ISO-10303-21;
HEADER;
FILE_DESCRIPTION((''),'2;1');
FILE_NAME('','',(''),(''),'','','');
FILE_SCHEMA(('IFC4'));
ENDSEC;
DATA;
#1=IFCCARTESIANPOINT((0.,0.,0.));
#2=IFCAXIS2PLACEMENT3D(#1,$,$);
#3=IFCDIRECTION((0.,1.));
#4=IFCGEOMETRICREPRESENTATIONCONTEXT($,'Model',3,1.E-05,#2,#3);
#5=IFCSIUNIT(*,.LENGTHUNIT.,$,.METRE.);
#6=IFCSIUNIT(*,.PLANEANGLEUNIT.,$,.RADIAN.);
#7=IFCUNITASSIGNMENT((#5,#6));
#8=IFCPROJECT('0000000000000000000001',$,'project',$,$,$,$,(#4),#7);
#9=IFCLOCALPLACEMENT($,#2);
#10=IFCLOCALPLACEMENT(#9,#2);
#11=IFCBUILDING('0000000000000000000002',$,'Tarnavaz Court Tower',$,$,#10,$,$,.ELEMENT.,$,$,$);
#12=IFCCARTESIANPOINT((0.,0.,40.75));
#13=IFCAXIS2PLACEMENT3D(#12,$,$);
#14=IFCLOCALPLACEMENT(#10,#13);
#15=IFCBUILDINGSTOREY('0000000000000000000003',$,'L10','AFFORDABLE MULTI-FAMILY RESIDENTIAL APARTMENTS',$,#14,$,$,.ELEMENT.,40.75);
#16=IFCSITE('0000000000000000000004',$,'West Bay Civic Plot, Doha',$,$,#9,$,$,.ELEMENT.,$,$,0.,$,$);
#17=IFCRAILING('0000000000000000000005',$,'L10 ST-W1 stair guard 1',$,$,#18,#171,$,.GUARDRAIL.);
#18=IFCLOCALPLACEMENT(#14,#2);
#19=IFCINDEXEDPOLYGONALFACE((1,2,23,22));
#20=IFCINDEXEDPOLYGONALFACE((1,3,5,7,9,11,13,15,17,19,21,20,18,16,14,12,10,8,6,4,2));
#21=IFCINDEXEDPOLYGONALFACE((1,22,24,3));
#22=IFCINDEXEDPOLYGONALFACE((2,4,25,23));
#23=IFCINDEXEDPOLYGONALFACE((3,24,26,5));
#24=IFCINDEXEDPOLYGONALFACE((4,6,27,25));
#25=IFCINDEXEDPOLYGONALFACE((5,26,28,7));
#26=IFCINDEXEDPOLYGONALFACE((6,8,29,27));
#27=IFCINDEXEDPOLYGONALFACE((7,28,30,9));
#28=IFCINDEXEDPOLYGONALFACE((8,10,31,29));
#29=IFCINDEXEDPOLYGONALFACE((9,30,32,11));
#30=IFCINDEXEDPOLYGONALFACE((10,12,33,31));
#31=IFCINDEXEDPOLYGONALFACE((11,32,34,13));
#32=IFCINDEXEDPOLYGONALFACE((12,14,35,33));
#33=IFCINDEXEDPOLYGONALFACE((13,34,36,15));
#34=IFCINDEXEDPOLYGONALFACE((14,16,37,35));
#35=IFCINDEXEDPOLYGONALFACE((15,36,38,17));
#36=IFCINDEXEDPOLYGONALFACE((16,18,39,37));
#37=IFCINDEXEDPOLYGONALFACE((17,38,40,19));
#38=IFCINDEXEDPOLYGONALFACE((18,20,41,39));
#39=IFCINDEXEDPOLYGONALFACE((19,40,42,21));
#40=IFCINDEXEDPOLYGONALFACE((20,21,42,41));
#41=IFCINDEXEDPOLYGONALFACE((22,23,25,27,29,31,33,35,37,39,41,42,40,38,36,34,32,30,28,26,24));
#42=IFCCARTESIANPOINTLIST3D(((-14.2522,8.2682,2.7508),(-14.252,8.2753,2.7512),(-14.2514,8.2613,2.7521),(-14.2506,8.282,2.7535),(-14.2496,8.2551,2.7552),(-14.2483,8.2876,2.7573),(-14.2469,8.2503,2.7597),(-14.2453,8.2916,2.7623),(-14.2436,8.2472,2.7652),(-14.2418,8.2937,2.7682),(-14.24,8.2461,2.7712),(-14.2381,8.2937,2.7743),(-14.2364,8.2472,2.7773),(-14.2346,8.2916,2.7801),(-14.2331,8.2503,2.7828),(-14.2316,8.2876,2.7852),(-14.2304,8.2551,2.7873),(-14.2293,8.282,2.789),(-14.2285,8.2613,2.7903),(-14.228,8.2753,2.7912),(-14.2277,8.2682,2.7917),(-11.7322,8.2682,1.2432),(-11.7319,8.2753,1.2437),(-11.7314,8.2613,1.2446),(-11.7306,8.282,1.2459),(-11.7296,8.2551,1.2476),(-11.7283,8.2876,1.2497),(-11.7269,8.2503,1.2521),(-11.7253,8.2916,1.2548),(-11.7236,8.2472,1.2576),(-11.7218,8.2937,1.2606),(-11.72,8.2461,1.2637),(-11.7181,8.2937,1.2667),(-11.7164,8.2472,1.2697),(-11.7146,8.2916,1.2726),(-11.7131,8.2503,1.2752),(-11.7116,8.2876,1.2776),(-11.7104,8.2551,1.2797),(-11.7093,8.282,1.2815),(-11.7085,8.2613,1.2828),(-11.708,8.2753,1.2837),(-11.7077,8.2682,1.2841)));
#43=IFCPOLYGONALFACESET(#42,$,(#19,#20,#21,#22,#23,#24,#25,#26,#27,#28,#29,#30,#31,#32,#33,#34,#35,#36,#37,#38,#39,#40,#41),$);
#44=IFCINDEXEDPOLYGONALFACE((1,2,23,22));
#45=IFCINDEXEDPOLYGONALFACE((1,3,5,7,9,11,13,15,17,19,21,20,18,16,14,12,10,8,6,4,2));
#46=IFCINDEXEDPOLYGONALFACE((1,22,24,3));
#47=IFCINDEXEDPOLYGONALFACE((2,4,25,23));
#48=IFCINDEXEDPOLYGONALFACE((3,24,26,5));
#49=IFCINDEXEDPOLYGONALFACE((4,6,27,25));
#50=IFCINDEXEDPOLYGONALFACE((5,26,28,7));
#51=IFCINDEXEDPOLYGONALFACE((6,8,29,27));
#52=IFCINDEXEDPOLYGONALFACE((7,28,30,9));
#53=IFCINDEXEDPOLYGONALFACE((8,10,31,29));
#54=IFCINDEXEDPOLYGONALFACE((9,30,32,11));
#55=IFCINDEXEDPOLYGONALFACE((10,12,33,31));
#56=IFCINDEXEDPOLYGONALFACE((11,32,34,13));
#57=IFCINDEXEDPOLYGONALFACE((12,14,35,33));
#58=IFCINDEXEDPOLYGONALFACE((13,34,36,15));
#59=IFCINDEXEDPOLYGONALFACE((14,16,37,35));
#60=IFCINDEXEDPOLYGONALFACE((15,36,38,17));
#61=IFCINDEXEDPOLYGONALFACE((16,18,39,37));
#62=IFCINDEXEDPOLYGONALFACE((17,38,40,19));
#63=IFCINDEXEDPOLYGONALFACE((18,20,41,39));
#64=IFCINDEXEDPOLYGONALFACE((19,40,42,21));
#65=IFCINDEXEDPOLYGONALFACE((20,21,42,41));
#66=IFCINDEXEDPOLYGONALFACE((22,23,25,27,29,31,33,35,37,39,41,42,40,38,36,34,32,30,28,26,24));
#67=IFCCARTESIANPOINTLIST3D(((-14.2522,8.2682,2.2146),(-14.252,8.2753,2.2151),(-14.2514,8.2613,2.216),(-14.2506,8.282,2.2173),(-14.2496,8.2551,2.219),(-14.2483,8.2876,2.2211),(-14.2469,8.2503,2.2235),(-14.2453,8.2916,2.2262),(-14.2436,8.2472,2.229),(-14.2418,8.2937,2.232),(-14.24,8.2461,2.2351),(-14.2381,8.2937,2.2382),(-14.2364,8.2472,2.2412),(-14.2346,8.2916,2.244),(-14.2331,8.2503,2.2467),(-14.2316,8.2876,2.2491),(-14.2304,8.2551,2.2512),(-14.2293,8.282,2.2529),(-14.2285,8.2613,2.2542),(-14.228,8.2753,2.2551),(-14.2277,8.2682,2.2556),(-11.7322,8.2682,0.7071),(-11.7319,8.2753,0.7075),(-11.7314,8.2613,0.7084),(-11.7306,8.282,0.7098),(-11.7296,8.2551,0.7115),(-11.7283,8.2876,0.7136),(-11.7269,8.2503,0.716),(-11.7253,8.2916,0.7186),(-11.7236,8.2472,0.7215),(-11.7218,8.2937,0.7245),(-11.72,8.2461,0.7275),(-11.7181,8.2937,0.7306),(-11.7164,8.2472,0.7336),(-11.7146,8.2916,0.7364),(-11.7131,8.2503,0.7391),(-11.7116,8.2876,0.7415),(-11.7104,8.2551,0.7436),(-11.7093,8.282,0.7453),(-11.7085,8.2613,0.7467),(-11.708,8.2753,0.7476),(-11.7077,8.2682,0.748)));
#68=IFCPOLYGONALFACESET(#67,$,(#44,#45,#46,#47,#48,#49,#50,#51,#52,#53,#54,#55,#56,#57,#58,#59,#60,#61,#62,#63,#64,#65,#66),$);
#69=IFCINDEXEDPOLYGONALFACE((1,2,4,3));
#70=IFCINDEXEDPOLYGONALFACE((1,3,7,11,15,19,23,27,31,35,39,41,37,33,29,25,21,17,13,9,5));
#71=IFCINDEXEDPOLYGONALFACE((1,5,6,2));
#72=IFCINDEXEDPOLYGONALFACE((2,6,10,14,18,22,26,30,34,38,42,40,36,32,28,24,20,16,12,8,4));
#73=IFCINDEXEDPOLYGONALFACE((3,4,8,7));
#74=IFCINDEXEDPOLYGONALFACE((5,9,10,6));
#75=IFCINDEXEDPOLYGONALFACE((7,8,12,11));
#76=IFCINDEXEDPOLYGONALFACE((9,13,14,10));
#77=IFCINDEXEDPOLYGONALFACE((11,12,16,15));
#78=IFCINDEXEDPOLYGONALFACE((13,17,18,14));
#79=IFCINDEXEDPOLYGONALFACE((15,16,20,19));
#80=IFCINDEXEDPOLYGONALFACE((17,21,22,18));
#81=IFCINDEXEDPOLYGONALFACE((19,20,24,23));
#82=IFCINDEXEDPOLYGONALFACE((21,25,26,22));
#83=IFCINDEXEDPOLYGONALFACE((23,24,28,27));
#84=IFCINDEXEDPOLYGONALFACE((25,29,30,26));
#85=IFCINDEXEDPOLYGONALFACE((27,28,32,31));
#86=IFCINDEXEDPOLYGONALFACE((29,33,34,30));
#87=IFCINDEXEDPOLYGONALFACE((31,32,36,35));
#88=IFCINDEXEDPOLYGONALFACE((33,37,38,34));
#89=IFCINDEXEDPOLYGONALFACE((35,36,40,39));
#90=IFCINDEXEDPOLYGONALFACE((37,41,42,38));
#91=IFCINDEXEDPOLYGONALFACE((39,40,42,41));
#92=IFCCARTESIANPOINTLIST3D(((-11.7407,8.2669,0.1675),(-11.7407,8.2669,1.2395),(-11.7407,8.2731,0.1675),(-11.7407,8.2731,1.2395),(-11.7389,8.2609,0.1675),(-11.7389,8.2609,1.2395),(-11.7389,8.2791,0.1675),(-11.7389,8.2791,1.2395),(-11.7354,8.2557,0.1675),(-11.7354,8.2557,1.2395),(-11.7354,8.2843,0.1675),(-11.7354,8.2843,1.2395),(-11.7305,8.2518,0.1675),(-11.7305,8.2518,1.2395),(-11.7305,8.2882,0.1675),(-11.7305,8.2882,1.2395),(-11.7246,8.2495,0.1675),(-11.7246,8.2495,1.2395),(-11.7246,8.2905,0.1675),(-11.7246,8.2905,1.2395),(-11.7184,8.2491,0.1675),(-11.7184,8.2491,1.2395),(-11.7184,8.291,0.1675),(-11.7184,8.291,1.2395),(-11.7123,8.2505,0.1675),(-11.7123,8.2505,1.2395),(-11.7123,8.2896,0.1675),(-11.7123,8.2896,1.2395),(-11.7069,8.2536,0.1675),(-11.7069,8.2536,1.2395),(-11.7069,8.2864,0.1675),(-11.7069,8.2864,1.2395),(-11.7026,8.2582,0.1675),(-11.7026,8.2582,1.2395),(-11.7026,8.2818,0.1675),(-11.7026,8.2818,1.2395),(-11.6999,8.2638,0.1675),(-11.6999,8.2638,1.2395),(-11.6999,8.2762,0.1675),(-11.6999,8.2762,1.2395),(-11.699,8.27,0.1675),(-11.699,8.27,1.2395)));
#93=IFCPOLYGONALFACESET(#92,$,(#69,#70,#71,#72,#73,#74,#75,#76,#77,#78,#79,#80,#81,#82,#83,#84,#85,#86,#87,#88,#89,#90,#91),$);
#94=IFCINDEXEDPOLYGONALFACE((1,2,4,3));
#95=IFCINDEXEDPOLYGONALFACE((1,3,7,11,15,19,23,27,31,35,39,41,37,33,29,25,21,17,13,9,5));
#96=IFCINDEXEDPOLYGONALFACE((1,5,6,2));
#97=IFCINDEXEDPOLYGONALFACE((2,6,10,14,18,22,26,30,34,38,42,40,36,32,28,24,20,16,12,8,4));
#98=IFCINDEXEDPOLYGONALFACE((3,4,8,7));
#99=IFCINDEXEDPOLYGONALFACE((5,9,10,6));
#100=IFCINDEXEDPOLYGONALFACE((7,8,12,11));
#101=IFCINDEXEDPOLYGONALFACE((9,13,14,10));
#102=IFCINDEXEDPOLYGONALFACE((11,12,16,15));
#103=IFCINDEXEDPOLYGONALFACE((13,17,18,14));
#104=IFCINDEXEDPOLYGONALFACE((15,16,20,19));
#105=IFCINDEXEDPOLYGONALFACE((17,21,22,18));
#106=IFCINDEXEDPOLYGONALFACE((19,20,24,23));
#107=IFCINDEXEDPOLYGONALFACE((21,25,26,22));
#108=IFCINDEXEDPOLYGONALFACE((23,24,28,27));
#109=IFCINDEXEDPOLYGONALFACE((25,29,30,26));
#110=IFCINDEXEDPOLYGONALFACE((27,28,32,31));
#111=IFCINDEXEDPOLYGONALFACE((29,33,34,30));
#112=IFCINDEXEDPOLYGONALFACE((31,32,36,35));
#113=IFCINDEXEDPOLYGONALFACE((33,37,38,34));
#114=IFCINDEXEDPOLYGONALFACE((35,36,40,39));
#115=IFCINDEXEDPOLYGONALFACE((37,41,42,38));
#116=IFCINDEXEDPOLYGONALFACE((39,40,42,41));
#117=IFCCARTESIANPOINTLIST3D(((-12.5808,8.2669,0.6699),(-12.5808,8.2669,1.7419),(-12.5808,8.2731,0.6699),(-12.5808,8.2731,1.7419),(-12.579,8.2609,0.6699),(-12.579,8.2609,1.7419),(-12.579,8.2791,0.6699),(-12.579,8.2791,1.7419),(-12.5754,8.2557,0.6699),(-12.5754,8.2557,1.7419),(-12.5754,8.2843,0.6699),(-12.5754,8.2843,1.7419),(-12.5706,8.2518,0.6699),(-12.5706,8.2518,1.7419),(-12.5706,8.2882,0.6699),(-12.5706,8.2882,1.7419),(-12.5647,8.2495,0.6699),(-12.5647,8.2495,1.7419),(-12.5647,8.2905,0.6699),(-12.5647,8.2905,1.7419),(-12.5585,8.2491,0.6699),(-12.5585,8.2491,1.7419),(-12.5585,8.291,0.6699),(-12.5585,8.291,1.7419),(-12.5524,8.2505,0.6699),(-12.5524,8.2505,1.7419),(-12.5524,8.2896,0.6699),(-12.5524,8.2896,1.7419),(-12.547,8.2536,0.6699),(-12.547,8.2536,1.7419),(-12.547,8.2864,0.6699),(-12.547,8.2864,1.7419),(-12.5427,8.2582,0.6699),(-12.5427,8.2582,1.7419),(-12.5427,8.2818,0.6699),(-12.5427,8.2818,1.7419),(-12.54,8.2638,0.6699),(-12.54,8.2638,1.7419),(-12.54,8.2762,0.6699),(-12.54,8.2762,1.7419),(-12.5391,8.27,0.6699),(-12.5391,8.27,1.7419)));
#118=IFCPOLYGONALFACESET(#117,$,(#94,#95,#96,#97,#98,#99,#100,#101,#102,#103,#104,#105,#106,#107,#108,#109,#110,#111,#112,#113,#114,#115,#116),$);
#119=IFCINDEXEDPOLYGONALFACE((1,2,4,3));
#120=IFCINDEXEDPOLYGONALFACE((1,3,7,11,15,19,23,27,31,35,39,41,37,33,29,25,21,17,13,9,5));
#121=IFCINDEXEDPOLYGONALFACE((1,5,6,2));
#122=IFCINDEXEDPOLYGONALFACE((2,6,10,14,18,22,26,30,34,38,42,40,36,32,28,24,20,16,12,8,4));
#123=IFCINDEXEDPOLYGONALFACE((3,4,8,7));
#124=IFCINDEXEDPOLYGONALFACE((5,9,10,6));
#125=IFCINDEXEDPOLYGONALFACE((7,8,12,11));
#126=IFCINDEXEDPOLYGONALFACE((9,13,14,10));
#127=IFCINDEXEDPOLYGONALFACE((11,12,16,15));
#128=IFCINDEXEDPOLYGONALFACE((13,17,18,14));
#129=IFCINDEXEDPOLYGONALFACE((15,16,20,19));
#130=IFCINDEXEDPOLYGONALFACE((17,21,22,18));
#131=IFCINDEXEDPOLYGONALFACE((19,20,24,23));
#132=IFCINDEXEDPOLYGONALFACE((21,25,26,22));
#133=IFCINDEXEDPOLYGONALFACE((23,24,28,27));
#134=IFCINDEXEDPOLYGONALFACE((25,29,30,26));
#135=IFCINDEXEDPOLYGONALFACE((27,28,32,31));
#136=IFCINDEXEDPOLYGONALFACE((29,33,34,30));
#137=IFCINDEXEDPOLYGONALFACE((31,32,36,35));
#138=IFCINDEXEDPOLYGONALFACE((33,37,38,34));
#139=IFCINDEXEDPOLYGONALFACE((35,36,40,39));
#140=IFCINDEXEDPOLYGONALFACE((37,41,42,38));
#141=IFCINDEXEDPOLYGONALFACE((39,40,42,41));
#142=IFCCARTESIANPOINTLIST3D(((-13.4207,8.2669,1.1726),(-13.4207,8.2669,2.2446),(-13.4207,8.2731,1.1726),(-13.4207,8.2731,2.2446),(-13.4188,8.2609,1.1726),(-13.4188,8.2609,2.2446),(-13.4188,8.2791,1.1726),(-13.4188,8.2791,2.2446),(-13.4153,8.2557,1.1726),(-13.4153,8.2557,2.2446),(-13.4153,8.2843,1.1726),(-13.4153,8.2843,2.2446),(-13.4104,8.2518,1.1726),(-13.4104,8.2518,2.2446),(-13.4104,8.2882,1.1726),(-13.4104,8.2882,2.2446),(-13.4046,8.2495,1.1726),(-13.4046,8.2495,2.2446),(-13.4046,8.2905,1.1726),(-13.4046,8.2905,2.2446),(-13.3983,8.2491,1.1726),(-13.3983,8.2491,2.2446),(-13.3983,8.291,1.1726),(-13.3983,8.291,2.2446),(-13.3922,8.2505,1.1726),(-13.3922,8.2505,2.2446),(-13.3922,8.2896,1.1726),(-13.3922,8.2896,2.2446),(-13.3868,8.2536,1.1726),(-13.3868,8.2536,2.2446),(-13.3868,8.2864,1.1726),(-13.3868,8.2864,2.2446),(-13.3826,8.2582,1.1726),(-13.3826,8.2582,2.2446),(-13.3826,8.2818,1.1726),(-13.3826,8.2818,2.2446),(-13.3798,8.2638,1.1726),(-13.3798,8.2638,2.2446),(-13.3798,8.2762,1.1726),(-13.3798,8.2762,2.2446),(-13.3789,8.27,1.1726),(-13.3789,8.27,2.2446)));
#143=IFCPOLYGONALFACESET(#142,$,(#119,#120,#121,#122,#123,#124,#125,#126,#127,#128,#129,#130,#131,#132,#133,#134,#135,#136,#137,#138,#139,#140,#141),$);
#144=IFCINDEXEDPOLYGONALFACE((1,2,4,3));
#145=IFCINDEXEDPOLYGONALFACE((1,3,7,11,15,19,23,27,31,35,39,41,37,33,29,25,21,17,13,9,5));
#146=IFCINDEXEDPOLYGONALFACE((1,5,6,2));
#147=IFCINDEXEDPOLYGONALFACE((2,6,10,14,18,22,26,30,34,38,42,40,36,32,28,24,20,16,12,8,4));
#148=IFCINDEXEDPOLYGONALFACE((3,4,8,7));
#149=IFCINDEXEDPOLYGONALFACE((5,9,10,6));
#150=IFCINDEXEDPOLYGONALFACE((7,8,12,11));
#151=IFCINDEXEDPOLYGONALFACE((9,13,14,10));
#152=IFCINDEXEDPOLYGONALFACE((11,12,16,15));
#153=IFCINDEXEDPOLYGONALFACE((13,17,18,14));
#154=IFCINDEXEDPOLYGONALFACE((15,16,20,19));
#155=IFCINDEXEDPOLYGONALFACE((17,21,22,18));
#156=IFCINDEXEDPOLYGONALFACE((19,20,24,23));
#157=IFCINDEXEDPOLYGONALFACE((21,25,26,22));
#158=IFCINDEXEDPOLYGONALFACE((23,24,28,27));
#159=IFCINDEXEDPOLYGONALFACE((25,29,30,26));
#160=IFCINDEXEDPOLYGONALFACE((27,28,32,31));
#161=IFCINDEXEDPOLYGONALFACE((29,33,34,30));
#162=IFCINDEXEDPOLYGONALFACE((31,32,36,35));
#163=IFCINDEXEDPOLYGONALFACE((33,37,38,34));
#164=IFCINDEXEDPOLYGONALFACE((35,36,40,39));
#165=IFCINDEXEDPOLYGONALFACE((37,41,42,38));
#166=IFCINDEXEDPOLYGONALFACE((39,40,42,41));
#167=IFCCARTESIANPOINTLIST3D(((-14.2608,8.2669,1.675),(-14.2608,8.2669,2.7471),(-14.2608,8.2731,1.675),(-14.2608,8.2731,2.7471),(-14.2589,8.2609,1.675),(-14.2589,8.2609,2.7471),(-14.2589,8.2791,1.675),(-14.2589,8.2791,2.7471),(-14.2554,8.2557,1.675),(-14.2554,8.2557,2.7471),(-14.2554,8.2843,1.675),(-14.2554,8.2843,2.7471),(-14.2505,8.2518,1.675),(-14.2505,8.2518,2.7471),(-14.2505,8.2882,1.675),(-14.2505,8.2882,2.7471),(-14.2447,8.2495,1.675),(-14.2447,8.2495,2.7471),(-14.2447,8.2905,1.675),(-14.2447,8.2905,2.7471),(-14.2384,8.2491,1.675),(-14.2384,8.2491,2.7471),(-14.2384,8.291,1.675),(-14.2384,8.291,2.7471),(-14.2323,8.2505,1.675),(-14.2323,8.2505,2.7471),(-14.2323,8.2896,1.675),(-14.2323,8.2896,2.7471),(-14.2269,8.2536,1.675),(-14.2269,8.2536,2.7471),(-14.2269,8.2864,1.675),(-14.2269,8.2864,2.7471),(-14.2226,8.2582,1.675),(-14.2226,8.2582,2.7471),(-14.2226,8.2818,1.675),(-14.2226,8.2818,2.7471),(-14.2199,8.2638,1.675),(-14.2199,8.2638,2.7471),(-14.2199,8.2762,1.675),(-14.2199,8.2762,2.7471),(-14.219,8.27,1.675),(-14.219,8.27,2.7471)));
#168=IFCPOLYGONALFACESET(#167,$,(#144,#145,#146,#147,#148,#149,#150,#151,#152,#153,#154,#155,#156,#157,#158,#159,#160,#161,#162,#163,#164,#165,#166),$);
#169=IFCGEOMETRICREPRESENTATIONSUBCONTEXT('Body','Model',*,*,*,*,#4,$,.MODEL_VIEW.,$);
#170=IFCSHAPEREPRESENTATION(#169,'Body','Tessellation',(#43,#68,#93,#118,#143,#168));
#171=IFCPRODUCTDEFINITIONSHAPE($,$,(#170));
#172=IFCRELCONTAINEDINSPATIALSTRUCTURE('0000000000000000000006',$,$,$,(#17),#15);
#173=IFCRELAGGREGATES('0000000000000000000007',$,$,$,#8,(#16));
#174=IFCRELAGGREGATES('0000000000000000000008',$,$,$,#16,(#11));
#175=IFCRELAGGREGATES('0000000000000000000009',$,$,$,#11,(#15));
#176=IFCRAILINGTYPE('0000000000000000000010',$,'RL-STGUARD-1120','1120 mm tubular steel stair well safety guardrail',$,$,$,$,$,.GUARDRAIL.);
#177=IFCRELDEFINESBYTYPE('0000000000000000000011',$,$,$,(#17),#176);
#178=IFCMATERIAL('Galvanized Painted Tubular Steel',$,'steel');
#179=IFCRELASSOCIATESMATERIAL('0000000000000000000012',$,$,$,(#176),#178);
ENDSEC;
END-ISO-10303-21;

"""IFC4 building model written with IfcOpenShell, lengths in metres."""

from ifc_helpers import new_model, si_unit, direction, frame, origin, origin_2d, place, context, subcontext, project, spatial, circle, extrude, material, type_object, element, save


model = new_model("IFC4")

# Units and contexts
model_context = context("Model", 3, precision=1e-05, world=origin(), true_north=direction((0.0, 1.0)))
body_context = subcontext(model_context, "Body", "Model", "MODEL_VIEW")
ifc_project = project(units=[si_unit("LENGTHUNIT", "METRE"), si_unit("PLANEANGLEUNIT", "RADIAN")], contexts=[model_context])

# Site, building, storey
site_placement = place(None, origin())
site = spatial("IfcSite", under=ifc_project, at=site_placement, Name="West Bay Civic Plot, Doha", CompositionType="ELEMENT", RefElevation=0.0)
building_placement = place(site_placement, origin())
building = spatial("IfcBuilding", under=site, at=building_placement, Name="Tarnavaz Court Tower", CompositionType="ELEMENT")
storey_placement = place(building_placement, frame((0.0, 0.0, 40.75)))
storey = spatial("IfcBuildingStorey", under=building, at=storey_placement, Name="L10", Description="AFFORDABLE MULTI-FAMILY RESIDENTIAL APARTMENTS", CompositionType="ELEMENT", Elevation=40.75)

# Railing
ifc_material_1 = material(Name="Galvanized Painted Tubular Steel", Category="steel")
railing_type_1 = type_object("IfcRailingType", Name="RL-STGUARD-1120", Description="1120 mm tubular steel stair well safety guardrail", PredefinedType="GUARDRAIL", material=ifc_material_1)
railing_1_placement = place(storey_placement, frame((-11.72, 8.27, 0.1675)))
element("IfcRailing", 1, at=railing_1_placement, inside=storey, type_object=railing_type_1, Name="L10 ST-W1 stair guard 1", PredefinedType="GUARDRAIL", context=body_context, shape_type="SweptSolid", body=[
    extrude(circle(Radius=0.0239, at=origin_2d()), frame((0.0, 0.0, 1.0962), z_axis=(-0.85816, 0.0, 0.513383), x_axis=(0.0, -1.0, 0.0)), (0.0, 0.0, 1.0), 2.9365),
    extrude(circle(Radius=0.0239, at=origin_2d()), frame((0.0, 0.0, 0.5601), z_axis=(-0.85816, 0.0, 0.513383), x_axis=(0.0, -1.0, 0.0)), (0.0, 0.0, 1.0), 2.9365),
    extrude(circle(Radius=0.021, at=origin_2d()), origin(), (0.0, 0.0, 1.0), 1.072),
    extrude(circle(Radius=0.021, at=origin_2d()), frame((-0.8401, 0.0, 0.5024)), (0.0, 0.0, 1.0), 1.072),
    extrude(circle(Radius=0.021, at=origin_2d()), frame((-1.6799, 0.0, 1.0051)), (0.0, 0.0, 1.0), 1.072),
    extrude(circle(Radius=0.021, at=origin_2d()), frame((-2.52, 0.0, 1.5076)), (0.0, 0.0, 1.0), 1.072),
])

save(model, "model.ifc")
